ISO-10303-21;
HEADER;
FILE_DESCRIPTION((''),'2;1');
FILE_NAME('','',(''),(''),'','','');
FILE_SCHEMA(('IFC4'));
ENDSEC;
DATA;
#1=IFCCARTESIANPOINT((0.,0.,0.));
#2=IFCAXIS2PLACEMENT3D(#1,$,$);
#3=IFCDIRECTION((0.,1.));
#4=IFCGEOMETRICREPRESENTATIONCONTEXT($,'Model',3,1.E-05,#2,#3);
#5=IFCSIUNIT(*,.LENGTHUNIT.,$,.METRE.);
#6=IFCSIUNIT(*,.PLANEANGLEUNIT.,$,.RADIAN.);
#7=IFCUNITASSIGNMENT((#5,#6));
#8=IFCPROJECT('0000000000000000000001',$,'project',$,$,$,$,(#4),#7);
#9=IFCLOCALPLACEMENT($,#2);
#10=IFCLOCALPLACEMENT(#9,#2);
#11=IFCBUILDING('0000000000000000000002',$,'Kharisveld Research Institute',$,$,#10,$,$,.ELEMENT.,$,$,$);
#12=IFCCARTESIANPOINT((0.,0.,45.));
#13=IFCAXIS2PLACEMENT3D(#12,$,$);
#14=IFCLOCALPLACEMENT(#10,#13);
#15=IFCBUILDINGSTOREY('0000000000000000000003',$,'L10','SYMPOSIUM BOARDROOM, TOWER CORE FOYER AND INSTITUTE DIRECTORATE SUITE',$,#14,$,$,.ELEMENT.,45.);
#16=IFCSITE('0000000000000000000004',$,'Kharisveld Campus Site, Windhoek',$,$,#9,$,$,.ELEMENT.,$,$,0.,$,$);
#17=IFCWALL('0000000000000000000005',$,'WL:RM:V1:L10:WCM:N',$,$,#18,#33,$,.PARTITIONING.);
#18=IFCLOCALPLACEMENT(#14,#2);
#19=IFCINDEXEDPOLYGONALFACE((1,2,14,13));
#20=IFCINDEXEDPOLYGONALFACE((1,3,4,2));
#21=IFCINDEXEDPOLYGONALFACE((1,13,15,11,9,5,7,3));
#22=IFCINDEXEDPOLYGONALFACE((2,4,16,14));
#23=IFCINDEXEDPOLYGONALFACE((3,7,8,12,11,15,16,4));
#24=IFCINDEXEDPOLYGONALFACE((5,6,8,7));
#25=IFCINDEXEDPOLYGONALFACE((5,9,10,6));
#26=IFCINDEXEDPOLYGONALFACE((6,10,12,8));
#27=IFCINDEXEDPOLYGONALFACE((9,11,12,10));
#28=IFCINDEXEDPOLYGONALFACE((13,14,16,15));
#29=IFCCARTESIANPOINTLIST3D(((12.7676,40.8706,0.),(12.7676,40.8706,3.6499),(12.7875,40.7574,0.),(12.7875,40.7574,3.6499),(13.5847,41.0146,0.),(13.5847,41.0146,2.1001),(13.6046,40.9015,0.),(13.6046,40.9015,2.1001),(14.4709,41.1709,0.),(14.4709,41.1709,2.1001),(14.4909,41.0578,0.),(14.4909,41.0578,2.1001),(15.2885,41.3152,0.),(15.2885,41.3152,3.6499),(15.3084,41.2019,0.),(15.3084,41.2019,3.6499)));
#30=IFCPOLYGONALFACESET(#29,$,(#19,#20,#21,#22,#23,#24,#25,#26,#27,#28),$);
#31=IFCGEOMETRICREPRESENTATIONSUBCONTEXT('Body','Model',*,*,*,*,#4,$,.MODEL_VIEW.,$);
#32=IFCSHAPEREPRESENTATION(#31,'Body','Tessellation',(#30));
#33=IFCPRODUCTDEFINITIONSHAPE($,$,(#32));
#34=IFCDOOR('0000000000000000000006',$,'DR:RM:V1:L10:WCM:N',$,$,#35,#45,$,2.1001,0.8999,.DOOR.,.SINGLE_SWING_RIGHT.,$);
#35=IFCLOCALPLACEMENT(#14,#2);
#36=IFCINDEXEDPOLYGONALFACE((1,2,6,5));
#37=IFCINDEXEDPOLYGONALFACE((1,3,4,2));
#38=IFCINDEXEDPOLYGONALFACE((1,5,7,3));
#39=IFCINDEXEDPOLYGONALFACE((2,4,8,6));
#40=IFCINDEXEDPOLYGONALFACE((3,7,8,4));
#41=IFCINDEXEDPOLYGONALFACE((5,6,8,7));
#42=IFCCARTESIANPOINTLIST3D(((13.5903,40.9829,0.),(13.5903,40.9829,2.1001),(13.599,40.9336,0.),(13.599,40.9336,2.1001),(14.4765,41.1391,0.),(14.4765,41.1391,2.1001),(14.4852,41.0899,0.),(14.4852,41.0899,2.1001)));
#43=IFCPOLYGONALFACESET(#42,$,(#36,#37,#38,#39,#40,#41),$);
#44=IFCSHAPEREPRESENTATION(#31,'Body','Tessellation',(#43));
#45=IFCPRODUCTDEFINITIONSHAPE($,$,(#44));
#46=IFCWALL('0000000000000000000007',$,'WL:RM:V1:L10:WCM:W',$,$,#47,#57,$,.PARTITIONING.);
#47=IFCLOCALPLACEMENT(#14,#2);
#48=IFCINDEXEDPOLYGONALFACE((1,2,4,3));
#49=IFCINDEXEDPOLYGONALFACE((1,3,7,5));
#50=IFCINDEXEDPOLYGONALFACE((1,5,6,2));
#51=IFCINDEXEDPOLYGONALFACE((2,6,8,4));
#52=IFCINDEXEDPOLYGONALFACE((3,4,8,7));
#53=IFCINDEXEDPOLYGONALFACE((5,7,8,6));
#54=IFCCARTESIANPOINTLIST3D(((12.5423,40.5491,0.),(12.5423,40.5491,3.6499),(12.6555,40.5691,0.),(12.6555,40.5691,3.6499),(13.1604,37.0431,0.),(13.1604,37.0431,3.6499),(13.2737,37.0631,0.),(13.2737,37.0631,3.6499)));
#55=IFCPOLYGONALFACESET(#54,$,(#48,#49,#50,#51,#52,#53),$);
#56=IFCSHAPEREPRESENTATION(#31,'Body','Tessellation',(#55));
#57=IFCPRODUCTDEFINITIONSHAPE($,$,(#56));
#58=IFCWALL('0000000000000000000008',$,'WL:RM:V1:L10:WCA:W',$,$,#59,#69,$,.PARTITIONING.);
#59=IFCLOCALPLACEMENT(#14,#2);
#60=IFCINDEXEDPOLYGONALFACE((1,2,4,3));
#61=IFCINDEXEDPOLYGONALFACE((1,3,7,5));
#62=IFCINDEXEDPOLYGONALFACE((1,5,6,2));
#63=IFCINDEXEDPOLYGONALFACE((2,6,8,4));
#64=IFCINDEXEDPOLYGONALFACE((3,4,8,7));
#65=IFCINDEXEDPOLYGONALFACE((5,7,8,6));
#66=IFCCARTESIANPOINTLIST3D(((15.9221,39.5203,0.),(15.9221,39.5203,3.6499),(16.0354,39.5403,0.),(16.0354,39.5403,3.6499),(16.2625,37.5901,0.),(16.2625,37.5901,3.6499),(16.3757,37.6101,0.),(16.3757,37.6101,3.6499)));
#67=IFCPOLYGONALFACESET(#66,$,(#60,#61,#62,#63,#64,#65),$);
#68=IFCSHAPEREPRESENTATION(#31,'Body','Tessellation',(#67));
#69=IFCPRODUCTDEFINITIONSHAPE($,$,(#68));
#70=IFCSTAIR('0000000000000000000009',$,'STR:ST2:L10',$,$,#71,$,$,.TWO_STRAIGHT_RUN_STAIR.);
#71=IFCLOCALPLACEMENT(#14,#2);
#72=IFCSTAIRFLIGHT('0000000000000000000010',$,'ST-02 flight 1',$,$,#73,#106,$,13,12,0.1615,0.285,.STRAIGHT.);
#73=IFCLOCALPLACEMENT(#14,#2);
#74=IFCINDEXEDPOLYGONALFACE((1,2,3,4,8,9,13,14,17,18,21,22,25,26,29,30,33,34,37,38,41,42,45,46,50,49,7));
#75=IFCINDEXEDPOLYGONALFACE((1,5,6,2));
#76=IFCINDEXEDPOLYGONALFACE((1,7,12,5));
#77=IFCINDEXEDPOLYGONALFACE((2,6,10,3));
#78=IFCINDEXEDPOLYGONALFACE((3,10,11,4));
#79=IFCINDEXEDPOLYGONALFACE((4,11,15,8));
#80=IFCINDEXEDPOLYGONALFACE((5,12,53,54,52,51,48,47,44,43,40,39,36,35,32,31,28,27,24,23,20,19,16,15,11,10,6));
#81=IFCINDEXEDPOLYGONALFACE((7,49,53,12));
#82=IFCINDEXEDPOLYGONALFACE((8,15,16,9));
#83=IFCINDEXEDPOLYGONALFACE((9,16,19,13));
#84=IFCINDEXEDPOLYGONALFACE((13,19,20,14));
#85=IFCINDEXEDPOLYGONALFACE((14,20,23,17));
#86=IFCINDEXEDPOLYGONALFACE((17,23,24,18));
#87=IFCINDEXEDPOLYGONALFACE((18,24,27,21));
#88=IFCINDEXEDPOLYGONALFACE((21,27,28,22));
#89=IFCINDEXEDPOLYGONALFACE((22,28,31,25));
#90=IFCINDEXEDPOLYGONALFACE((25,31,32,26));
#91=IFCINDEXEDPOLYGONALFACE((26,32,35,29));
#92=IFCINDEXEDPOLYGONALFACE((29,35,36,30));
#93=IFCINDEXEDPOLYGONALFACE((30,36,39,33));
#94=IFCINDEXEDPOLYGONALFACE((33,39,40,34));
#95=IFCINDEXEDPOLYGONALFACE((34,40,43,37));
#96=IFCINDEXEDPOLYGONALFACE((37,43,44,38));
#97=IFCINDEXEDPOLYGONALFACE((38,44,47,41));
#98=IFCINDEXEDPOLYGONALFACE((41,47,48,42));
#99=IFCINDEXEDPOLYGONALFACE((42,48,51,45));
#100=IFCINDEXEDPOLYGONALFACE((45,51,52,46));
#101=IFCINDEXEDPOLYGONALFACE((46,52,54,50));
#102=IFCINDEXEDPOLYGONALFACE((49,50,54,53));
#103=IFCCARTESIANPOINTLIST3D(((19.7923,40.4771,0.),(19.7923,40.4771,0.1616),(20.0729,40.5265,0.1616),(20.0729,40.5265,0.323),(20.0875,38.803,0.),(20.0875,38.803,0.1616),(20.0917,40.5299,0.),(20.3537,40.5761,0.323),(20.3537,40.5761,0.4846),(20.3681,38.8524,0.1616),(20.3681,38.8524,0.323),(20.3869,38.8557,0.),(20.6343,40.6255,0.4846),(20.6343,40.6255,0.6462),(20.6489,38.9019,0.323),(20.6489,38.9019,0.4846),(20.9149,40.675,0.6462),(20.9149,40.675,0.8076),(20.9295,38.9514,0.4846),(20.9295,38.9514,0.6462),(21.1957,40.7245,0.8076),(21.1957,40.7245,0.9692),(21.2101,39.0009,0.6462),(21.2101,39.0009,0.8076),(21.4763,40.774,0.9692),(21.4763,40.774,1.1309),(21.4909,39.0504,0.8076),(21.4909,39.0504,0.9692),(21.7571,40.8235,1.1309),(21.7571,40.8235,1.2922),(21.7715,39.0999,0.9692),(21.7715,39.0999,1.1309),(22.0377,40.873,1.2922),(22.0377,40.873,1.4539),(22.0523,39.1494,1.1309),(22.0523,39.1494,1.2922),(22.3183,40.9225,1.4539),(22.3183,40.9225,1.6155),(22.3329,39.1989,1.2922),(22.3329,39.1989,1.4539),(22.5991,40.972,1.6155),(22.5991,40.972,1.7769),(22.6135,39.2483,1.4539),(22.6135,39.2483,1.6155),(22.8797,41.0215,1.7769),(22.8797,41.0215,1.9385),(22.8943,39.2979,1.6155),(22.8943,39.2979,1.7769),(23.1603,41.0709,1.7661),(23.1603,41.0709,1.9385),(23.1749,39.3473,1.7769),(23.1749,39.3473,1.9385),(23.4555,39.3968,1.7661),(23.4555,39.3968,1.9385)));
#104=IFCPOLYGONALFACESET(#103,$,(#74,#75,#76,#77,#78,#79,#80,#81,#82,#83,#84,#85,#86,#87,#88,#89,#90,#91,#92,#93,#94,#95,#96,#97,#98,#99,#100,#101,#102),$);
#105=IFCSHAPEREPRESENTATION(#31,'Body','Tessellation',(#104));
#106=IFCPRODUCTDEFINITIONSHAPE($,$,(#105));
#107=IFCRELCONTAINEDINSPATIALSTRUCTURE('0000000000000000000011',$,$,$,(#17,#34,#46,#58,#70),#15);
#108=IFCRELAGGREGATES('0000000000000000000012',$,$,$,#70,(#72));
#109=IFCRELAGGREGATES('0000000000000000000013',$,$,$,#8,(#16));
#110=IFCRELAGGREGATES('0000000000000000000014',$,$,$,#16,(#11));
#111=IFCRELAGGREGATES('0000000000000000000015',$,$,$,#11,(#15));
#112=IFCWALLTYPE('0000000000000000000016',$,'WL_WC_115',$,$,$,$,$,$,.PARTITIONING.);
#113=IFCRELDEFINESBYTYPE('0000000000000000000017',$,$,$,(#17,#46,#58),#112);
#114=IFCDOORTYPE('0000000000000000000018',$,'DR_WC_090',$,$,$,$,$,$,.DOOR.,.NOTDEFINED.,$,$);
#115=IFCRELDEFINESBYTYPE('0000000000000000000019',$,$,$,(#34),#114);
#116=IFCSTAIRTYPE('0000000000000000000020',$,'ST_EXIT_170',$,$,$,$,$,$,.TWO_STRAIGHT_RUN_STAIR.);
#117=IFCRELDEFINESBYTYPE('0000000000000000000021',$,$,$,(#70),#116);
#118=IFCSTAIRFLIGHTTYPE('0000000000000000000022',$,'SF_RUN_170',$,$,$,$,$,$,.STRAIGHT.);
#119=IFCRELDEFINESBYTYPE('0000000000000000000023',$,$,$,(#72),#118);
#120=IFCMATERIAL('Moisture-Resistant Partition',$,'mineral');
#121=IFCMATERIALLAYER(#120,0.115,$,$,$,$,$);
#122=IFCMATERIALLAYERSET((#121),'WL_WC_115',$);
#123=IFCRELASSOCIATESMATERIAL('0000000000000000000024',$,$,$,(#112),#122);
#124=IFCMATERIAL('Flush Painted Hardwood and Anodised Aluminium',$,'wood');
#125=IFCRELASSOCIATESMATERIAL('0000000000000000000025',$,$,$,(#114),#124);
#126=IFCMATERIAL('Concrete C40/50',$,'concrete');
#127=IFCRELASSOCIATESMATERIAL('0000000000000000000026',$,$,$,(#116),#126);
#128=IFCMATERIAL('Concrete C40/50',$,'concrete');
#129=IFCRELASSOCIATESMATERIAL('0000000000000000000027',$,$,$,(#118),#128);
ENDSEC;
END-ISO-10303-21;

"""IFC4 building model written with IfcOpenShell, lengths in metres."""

from ifc_helpers import new_model, si_unit, direction, frame, frame_2d, origin, place, context, subcontext, project, spatial, polyline, rectangle, outline, extrude, material, layer, layer_set, type_object, element, fill, aggregate, save


model = new_model("IFC4")

# Units and contexts
model_context = context("Model", 3, precision=1e-05, world=origin(), true_north=direction((0.0, 1.0)))
body_context = subcontext(model_context, "Body", "Model", "MODEL_VIEW")
ifc_project = project(units=[si_unit("LENGTHUNIT", "METRE"), si_unit("PLANEANGLEUNIT", "RADIAN")], contexts=[model_context])

# Site, building, storey
site_placement = place(None, origin())
site = spatial("IfcSite", under=ifc_project, at=site_placement, Name="Kharisveld Campus Site, Windhoek", CompositionType="ELEMENT", RefElevation=0.0)
building_placement = place(site_placement, origin())
building = spatial("IfcBuilding", under=site, at=building_placement, Name="Kharisveld Research Institute", CompositionType="ELEMENT")
storey_placement = place(building_placement, frame((0.0, 0.0, 45.0)))
storey = spatial("IfcBuildingStorey", under=building, at=storey_placement, Name="L10", Description="SYMPOSIUM BOARDROOM, TOWER CORE FOYER AND INSTITUTE DIRECTORATE SUITE", CompositionType="ELEMENT", Elevation=45.0)

# Wall, opening, door
ifc_material_1 = material(Name="Moisture-Resistant Partition", Category="mineral")
ifc_layer_1 = layer(ifc_material_1, 0.115)
ifc_layer_set_1 = layer_set([ifc_layer_1], Name="WL_WC_115")
wall_type_1 = type_object("IfcWallType", Name="WL_WC_115", PredefinedType="PARTITIONING", material=ifc_layer_set_1)
wall_1_placement = place(storey_placement, frame((15.2983, 41.2585, 0.0), z_axis=(0.0, 0.0, 1.0), x_axis=(-0.984804, -0.173671, 0.0)))
wall_1 = element("IfcWall", 1, at=wall_1_placement, inside=storey, type_object=wall_type_1, Name="WL:RM:V1:L10:WCM:N", PredefinedType="PARTITIONING", context=body_context, shape_type="SweptSolid", body=[
    extrude(rectangle(XDim=2.5598, YDim=0.115, at=frame_2d((1.2798, 0.0))), origin(), (0.0, 0.0, 1.0), 3.6499),
])
opening_1_placement = place(wall_1_placement, frame((0.8301, 0.0, 0.0)))
opening_1 = element("IfcOpeningElement", 2, at=opening_1_placement, cuts=wall_1, PredefinedType="OPENING", context=body_context, shape_type="SweptSolid", body=[
    extrude(rectangle(XDim=0.8999, YDim=2.1001, at=frame_2d((0.45, 1.05))), frame((0.0, 0.0576, 0.0), z_axis=(0.0, -1.0, 0.0), x_axis=(1.0, 0.0, 0.0)), (0.0, 0.0, 1.0), 0.115),
])
ifc_material_2 = material(Name="Flush Painted Hardwood and Anodised Aluminium", Category="wood")
door_type_1 = type_object("IfcDoorType", Name="DR_WC_090", OperationType="NOTDEFINED", PredefinedType="DOOR", material=ifc_material_2)
door_1_placement = place(opening_1_placement, origin())
door_1 = element("IfcDoor", 3, at=door_1_placement, inside=storey, type_object=door_type_1, Name="DR:RM:V1:L10:WCM:N", OperationType="SINGLE_SWING_RIGHT", OverallHeight=2.1001, OverallWidth=0.8999, PredefinedType="DOOR", context=body_context, shape_type="SweptSolid", body=[
    extrude(rectangle(XDim=0.8999, YDim=2.1001, at=frame_2d((0.45, 1.05))), frame((0.0, 0.0249, 0.0), z_axis=(0.0, -1.0, 0.0), x_axis=(1.0, 0.0, 0.0)), (0.0, 0.0, 1.0), 0.05),
])
fill(opening_1, door_1)

# Wall
wall_2_placement = place(storey_placement, frame((12.5989, 40.5591, 0.0), z_axis=(0.0, 0.0, 1.0), x_axis=(0.173644, -0.984808, 0.0)))
element("IfcWall", 4, at=wall_2_placement, inside=storey, type_object=wall_type_1, Name="WL:RM:V1:L10:WCM:W", PredefinedType="PARTITIONING", context=body_context, shape_type="SweptSolid", body=[
    extrude(rectangle(XDim=3.5601, YDim=0.115, at=frame_2d((1.78, 0.0))), origin(), (0.0, 0.0, 1.0), 3.6499),
])

# Wall
wall_3_placement = place(storey_placement, frame((15.9788, 39.5303, 0.0), z_axis=(0.0, 0.0, 1.0), x_axis=(0.173643, -0.984809, 0.0)))
element("IfcWall", 5, at=wall_3_placement, inside=storey, type_object=wall_type_1, Name="WL:RM:V1:L10:WCA:W", PredefinedType="PARTITIONING", context=body_context, shape_type="SweptSolid", body=[
    extrude(rectangle(XDim=1.96, YDim=0.115, at=frame_2d((0.98, 0.0))), origin(), (0.0, 0.0, 1.0), 3.6499),
])

# Stair, stair flight
ifc_material_3 = material(Name="Concrete C40/50", Category="concrete")
stair_type = type_object("IfcStairType", Name="ST_EXIT_170", PredefinedType="TWO_STRAIGHT_RUN_STAIR", material=ifc_material_3)
stair_placement = place(storey_placement, origin())
stair = element("IfcStair", 6, at=stair_placement, inside=storey, type_object=stair_type, Name="STR:ST2:L10", PredefinedType="TWO_STRAIGHT_RUN_STAIR")
ifc_material_4 = material(Name="Concrete C40/50", Category="concrete")
stair_flight_type = type_object("IfcStairFlightType", Name="SF_RUN_170", PredefinedType="STRAIGHT", material=ifc_material_4)
stair_flight_placement = place(storey_placement, frame((19.9399, 39.6399, 0.0), z_axis=(0.0, 0.0, 1.0), x_axis=(0.984808, 0.173648, 0.0)))
stair_flight = element("IfcStairFlight", 7, at=stair_flight_placement, type_object=stair_flight_type, Name="ST-02 flight 1", NumberOfRisers=13, NumberOfTreads=12, PredefinedType="STRAIGHT", RiserHeight=0.1615, TreadLength=0.285, context=body_context, shape_type="SweptSolid", body=[
    extrude(outline(polyline([(0.0, 0.0), (0.0, 0.1616), (0.2849, 0.1616), (0.2849, 0.323), (0.5701, 0.323), (0.5701, 0.4846), (0.855, 0.4846), (0.855, 0.6462), (1.1399, 0.6462), (1.1399, 0.8076), (1.425, 0.8076), (1.425, 0.9692), (1.71, 0.9692), (1.71, 1.1309), (1.9951, 1.1309), (1.9951, 1.2922), (2.28, 1.2922), (2.28, 1.4539), (2.5649, 1.4539), (2.5649, 1.6155), (2.8501, 1.6155), (2.8501, 1.7769), (3.135, 1.7769), (3.135, 1.9385), (3.4199, 1.9385), (3.4199, 2.1001), (3.4199, 1.7661), (0.304, 0.0), (0.0, 0.0)])), frame((0.0, 0.8501, 0.0), z_axis=(0.0, -1.0, 0.0), x_axis=(1.0, 0.0, 0.0)), (0.0, 0.0, 1.0), 1.7),
])
aggregate(stair, [stair_flight])

save(model, "model.ifc")
